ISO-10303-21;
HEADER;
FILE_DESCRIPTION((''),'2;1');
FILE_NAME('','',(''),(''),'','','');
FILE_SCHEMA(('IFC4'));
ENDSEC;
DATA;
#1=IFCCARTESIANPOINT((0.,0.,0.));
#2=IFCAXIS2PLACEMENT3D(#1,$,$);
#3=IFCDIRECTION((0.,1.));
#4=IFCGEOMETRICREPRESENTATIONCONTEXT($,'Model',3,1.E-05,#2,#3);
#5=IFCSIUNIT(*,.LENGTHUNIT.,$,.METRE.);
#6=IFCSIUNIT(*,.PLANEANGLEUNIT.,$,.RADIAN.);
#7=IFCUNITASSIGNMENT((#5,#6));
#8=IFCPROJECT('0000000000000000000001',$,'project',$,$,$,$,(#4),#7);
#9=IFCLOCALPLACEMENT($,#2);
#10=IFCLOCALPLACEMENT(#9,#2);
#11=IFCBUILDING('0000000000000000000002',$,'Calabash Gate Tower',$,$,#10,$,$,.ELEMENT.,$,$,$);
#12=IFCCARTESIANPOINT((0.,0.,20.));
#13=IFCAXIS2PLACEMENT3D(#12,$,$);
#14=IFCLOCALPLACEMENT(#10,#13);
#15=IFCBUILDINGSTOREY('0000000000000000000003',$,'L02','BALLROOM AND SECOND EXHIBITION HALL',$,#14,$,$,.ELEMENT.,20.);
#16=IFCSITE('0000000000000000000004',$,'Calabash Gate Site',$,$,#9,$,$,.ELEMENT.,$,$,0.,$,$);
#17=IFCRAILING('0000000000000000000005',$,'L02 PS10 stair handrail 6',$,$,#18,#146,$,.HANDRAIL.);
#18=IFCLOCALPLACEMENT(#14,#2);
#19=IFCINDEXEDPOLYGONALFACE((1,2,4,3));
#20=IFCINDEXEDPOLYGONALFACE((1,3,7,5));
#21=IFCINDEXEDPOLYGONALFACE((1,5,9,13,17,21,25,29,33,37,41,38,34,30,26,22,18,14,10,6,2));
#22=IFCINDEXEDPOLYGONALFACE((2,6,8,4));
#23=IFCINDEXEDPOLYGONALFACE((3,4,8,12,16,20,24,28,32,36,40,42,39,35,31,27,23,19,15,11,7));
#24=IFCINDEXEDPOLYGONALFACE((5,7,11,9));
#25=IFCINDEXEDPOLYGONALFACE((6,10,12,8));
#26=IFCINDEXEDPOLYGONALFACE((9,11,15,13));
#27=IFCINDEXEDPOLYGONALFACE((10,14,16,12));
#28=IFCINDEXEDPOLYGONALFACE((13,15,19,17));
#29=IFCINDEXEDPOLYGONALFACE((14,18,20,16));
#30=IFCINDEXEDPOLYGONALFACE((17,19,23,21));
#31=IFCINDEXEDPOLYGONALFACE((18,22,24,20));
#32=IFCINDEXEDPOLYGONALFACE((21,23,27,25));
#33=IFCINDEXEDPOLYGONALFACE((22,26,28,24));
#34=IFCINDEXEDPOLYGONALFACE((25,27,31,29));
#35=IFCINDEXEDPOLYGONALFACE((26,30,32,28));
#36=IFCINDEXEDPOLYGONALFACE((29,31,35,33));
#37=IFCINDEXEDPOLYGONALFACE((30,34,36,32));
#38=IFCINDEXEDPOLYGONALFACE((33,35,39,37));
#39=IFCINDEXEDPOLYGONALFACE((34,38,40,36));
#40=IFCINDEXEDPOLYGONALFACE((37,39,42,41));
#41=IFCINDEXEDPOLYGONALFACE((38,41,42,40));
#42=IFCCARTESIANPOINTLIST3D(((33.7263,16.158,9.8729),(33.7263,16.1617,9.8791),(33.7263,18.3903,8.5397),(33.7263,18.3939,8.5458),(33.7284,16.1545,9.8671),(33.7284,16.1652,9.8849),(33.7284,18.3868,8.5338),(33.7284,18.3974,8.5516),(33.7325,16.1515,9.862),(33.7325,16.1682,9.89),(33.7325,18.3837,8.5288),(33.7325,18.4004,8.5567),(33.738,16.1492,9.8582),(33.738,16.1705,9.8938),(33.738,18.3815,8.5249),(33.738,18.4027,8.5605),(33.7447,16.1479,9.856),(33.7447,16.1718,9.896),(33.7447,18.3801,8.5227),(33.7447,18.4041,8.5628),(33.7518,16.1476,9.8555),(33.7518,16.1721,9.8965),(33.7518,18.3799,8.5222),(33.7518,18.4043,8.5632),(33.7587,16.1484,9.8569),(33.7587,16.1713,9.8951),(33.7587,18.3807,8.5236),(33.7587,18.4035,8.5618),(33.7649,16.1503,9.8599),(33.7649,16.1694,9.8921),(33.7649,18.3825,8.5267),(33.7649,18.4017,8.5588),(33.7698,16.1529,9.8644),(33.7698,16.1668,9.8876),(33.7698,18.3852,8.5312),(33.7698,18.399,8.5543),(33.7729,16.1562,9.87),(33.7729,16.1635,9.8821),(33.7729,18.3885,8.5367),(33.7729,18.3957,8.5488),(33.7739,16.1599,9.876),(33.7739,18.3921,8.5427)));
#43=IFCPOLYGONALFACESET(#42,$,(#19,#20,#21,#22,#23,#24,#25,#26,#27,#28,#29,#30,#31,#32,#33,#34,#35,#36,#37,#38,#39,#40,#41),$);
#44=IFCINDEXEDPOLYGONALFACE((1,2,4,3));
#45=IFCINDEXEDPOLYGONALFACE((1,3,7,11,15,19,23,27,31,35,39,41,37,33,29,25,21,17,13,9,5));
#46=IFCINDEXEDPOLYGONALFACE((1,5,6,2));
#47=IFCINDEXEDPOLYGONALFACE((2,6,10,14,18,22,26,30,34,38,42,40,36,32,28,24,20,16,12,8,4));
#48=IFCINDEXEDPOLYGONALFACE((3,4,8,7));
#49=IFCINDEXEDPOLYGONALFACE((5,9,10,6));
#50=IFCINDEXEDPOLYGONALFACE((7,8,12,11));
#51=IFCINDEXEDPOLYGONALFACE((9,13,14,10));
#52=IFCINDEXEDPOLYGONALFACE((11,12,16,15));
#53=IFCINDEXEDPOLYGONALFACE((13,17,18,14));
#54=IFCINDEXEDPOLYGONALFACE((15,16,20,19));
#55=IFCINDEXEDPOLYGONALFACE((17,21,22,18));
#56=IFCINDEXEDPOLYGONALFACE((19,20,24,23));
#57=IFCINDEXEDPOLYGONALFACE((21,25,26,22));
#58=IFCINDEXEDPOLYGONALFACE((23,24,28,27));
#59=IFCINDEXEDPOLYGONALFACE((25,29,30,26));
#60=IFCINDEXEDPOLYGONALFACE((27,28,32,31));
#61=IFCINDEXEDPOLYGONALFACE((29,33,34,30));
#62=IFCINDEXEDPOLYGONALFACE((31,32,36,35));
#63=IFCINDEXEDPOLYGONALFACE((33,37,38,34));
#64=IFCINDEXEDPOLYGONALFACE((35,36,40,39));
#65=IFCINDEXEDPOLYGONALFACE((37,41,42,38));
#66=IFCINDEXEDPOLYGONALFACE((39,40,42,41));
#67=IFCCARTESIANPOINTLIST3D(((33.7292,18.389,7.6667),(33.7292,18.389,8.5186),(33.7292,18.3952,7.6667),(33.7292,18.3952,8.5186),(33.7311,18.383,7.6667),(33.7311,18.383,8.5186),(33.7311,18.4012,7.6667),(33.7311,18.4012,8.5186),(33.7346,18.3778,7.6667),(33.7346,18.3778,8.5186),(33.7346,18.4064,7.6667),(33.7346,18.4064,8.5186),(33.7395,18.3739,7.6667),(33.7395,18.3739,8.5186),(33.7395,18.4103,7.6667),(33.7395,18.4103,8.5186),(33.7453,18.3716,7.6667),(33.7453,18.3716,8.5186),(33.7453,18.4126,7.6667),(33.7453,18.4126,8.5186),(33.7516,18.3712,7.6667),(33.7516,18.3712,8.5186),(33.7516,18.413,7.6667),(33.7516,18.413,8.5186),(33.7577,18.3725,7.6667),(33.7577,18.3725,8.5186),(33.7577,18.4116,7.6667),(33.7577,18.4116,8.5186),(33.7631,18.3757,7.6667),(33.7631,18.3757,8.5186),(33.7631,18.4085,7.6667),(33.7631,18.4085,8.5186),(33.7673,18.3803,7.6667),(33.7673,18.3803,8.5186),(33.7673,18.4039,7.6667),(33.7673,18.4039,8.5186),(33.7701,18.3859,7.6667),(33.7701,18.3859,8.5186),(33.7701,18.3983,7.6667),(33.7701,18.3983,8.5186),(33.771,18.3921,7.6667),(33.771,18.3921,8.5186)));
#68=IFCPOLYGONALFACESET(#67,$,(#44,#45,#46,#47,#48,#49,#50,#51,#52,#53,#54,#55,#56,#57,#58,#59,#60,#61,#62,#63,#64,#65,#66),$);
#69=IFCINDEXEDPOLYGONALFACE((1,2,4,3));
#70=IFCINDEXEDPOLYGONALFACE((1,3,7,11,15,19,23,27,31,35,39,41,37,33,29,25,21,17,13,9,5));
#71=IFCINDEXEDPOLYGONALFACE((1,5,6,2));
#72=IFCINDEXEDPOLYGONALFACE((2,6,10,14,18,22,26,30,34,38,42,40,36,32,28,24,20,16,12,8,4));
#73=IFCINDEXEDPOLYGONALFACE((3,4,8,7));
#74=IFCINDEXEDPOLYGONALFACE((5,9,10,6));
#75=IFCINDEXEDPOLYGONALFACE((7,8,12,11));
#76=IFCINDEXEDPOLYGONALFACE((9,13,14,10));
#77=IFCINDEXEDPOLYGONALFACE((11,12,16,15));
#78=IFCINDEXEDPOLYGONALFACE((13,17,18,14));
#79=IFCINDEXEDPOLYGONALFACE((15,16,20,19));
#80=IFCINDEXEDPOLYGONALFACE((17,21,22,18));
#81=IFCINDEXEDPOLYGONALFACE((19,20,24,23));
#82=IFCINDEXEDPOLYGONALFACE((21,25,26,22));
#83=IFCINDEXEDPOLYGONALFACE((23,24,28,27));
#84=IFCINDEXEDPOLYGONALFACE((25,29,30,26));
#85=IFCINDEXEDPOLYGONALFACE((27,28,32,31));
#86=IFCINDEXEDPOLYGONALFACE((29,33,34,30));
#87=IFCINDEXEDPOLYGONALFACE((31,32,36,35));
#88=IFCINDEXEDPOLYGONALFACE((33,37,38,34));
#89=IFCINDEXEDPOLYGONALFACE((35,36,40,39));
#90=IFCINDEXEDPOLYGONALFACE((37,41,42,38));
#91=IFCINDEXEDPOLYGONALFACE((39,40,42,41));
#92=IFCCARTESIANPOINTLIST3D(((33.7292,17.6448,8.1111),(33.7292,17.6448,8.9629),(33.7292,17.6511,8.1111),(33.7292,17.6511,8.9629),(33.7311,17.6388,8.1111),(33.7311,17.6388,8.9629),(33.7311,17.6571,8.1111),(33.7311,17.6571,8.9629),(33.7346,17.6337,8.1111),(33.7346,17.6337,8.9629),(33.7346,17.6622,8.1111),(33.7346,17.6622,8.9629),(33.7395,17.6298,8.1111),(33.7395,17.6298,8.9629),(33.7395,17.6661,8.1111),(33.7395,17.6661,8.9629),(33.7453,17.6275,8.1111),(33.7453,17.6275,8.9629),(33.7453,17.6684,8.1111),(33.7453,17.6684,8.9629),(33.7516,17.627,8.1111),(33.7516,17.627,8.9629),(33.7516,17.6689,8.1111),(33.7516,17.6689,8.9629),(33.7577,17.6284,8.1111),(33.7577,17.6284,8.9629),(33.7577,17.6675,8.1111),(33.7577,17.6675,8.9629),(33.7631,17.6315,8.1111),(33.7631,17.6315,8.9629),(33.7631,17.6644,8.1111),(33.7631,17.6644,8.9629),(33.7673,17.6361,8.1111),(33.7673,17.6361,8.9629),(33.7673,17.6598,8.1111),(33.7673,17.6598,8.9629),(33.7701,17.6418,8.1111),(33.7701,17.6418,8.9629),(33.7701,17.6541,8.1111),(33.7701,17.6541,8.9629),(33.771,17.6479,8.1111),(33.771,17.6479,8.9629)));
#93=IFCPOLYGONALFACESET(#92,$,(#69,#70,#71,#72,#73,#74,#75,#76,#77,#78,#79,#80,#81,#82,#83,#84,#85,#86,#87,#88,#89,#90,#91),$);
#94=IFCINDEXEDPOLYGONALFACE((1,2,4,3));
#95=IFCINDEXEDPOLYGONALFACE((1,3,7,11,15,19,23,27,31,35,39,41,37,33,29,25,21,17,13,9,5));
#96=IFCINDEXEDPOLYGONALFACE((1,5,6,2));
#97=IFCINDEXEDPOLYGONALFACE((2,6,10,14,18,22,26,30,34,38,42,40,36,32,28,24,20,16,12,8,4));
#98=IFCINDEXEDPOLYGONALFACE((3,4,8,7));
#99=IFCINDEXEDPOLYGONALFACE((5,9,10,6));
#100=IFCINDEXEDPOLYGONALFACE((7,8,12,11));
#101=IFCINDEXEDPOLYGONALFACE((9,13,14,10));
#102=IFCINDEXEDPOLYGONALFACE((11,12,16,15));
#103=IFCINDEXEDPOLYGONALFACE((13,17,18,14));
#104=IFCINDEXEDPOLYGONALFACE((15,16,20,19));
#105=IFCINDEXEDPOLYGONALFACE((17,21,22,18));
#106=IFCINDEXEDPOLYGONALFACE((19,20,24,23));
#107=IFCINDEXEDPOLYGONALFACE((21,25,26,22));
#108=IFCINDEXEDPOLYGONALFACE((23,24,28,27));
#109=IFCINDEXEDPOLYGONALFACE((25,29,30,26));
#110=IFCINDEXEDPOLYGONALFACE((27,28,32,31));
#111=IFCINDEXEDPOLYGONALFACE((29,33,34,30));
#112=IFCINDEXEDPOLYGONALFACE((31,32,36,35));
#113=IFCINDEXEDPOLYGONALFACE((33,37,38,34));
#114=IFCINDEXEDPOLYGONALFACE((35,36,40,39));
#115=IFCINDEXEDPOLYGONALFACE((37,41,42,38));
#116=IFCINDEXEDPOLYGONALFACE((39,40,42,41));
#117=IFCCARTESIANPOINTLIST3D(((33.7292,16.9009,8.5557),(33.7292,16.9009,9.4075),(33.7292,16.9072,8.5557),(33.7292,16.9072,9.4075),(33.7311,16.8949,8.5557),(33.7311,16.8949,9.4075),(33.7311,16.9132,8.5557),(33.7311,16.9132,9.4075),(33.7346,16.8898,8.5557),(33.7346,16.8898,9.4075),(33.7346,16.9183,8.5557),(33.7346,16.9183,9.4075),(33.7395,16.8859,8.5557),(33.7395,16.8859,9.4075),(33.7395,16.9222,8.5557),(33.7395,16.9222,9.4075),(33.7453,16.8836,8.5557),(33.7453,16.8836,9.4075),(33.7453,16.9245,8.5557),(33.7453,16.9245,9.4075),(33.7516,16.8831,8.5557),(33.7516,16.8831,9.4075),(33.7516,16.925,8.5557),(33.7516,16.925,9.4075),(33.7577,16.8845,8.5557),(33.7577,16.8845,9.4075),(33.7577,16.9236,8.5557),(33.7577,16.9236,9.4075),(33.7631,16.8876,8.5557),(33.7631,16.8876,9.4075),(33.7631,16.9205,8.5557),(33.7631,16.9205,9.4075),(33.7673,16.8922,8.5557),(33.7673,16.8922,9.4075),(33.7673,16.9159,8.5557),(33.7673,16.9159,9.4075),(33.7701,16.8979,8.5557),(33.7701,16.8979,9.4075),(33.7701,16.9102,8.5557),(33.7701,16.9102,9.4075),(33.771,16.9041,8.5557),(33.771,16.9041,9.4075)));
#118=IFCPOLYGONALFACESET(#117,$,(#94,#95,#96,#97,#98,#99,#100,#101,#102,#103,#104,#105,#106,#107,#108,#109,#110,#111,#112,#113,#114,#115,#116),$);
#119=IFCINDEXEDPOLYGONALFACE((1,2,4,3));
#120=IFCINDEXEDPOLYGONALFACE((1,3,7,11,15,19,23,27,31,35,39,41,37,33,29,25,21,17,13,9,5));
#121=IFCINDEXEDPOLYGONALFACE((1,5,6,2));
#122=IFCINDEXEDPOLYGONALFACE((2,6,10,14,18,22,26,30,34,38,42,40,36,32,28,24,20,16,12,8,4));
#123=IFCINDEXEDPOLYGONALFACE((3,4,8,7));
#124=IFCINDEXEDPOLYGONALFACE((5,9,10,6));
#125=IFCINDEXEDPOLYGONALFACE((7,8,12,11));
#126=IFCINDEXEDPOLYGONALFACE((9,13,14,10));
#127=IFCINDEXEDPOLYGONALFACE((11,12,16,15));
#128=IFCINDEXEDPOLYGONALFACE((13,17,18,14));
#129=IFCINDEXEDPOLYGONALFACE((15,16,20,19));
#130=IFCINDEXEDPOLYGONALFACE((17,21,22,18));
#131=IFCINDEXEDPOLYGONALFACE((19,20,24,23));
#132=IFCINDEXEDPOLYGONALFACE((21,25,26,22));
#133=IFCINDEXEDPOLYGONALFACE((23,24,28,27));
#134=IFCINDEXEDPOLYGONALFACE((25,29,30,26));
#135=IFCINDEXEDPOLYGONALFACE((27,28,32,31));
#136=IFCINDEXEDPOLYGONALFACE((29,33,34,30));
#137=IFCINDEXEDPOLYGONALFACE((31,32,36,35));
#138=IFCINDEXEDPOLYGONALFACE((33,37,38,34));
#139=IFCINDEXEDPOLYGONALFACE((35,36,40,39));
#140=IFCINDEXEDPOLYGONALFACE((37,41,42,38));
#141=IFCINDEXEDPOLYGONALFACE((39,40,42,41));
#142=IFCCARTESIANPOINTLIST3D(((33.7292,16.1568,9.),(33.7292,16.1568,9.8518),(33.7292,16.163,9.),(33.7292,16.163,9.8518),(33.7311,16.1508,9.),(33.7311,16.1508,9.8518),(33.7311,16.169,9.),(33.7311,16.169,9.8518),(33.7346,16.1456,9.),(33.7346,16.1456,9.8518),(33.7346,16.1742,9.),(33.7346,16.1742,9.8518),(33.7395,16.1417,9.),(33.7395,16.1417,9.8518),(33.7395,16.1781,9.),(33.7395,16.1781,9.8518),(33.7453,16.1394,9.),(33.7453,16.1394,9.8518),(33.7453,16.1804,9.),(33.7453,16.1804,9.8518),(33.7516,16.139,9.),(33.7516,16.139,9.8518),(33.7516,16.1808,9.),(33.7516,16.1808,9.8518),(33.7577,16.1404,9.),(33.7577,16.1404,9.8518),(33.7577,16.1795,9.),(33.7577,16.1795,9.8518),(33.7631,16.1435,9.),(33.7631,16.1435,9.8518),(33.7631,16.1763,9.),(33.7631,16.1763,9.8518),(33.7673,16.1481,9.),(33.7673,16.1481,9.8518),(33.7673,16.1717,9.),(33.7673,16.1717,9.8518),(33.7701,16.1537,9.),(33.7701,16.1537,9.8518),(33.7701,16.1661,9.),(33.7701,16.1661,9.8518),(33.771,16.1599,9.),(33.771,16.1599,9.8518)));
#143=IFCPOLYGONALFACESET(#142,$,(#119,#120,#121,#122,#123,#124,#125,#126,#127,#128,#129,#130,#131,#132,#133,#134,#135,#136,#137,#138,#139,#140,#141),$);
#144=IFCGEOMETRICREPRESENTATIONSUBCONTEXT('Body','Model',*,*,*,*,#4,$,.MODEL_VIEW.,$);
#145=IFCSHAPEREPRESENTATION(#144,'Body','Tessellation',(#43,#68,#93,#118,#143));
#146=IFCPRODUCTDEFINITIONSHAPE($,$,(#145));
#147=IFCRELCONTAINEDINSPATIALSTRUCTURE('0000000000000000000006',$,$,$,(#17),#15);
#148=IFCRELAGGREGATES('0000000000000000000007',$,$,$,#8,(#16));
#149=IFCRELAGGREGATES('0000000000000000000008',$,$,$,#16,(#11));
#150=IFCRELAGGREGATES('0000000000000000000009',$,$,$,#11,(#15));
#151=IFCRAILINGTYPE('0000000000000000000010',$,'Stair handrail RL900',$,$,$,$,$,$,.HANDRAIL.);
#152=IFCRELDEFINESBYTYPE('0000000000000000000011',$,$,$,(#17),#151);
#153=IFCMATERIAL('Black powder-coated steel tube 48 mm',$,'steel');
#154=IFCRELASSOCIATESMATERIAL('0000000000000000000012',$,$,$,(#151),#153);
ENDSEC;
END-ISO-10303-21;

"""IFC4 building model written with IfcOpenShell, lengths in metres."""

from ifc_helpers import new_model, si_unit, direction, frame, origin, origin_2d, place, context, subcontext, project, spatial, circle, extrude, material, type_object, element, save


model = new_model("IFC4")

# Units and contexts
model_context = context("Model", 3, precision=1e-05, world=origin(), true_north=direction((0.0, 1.0)))
body_context = subcontext(model_context, "Body", "Model", "MODEL_VIEW")
ifc_project = project(units=[si_unit("LENGTHUNIT", "METRE"), si_unit("PLANEANGLEUNIT", "RADIAN")], contexts=[model_context])

# Site, building, storey
site_placement = place(None, origin())
site = spatial("IfcSite", under=ifc_project, at=site_placement, Name="Calabash Gate Site", CompositionType="ELEMENT", RefElevation=0.0)
building_placement = place(site_placement, origin())
building = spatial("IfcBuilding", under=site, at=building_placement, Name="Calabash Gate Tower", CompositionType="ELEMENT")
storey_placement = place(building_placement, frame((0.0, 0.0, 20.0)))
storey = spatial("IfcBuildingStorey", under=building, at=storey_placement, Name="L02", Description="BALLROOM AND SECOND EXHIBITION HALL", CompositionType="ELEMENT", Elevation=20.0)

# Railing
ifc_material_1 = material(Name="Black powder-coated steel tube 48 mm", Category="steel")
railing_type = type_object("IfcRailingType", Name="Stair handrail RL900", PredefinedType="HANDRAIL", material=ifc_material_1)
for number, where, name in (
    (1, (33.75, 18.3921, 7.6667), "L02 PS10 stair handrail 6"),
):
    element("IfcRailing", number, at=place(storey_placement, frame(where)), inside=storey, type_object=railing_type, Name=name, PredefinedType="HANDRAIL", context=body_context, shape_type="SweptSolid", body=[
        extrude(circle(Radius=0.0239, at=origin_2d()), frame((0.0, 0.0, 0.876), z_axis=(0.0, -0.858519, 0.512782), x_axis=(1.0, 0.0, 0.0)), (0.0, 0.0, 1.0), 2.6001),
        extrude(circle(Radius=0.021, at=origin_2d()), origin(), (0.0, 0.0, 1.0), 0.8518),
        extrude(circle(Radius=0.021, at=origin_2d()), frame((0.0, -0.7441, 0.4443)), (0.0, 0.0, 1.0), 0.8518),
        extrude(circle(Radius=0.021, at=origin_2d()), frame((0.0, -1.488, 0.8889)), (0.0, 0.0, 1.0), 0.8518),
        extrude(circle(Radius=0.021, at=origin_2d()), frame((0.0, -2.2322, 1.3333)), (0.0, 0.0, 1.0), 0.8518),
    ])

save(model, "model.ifc")
